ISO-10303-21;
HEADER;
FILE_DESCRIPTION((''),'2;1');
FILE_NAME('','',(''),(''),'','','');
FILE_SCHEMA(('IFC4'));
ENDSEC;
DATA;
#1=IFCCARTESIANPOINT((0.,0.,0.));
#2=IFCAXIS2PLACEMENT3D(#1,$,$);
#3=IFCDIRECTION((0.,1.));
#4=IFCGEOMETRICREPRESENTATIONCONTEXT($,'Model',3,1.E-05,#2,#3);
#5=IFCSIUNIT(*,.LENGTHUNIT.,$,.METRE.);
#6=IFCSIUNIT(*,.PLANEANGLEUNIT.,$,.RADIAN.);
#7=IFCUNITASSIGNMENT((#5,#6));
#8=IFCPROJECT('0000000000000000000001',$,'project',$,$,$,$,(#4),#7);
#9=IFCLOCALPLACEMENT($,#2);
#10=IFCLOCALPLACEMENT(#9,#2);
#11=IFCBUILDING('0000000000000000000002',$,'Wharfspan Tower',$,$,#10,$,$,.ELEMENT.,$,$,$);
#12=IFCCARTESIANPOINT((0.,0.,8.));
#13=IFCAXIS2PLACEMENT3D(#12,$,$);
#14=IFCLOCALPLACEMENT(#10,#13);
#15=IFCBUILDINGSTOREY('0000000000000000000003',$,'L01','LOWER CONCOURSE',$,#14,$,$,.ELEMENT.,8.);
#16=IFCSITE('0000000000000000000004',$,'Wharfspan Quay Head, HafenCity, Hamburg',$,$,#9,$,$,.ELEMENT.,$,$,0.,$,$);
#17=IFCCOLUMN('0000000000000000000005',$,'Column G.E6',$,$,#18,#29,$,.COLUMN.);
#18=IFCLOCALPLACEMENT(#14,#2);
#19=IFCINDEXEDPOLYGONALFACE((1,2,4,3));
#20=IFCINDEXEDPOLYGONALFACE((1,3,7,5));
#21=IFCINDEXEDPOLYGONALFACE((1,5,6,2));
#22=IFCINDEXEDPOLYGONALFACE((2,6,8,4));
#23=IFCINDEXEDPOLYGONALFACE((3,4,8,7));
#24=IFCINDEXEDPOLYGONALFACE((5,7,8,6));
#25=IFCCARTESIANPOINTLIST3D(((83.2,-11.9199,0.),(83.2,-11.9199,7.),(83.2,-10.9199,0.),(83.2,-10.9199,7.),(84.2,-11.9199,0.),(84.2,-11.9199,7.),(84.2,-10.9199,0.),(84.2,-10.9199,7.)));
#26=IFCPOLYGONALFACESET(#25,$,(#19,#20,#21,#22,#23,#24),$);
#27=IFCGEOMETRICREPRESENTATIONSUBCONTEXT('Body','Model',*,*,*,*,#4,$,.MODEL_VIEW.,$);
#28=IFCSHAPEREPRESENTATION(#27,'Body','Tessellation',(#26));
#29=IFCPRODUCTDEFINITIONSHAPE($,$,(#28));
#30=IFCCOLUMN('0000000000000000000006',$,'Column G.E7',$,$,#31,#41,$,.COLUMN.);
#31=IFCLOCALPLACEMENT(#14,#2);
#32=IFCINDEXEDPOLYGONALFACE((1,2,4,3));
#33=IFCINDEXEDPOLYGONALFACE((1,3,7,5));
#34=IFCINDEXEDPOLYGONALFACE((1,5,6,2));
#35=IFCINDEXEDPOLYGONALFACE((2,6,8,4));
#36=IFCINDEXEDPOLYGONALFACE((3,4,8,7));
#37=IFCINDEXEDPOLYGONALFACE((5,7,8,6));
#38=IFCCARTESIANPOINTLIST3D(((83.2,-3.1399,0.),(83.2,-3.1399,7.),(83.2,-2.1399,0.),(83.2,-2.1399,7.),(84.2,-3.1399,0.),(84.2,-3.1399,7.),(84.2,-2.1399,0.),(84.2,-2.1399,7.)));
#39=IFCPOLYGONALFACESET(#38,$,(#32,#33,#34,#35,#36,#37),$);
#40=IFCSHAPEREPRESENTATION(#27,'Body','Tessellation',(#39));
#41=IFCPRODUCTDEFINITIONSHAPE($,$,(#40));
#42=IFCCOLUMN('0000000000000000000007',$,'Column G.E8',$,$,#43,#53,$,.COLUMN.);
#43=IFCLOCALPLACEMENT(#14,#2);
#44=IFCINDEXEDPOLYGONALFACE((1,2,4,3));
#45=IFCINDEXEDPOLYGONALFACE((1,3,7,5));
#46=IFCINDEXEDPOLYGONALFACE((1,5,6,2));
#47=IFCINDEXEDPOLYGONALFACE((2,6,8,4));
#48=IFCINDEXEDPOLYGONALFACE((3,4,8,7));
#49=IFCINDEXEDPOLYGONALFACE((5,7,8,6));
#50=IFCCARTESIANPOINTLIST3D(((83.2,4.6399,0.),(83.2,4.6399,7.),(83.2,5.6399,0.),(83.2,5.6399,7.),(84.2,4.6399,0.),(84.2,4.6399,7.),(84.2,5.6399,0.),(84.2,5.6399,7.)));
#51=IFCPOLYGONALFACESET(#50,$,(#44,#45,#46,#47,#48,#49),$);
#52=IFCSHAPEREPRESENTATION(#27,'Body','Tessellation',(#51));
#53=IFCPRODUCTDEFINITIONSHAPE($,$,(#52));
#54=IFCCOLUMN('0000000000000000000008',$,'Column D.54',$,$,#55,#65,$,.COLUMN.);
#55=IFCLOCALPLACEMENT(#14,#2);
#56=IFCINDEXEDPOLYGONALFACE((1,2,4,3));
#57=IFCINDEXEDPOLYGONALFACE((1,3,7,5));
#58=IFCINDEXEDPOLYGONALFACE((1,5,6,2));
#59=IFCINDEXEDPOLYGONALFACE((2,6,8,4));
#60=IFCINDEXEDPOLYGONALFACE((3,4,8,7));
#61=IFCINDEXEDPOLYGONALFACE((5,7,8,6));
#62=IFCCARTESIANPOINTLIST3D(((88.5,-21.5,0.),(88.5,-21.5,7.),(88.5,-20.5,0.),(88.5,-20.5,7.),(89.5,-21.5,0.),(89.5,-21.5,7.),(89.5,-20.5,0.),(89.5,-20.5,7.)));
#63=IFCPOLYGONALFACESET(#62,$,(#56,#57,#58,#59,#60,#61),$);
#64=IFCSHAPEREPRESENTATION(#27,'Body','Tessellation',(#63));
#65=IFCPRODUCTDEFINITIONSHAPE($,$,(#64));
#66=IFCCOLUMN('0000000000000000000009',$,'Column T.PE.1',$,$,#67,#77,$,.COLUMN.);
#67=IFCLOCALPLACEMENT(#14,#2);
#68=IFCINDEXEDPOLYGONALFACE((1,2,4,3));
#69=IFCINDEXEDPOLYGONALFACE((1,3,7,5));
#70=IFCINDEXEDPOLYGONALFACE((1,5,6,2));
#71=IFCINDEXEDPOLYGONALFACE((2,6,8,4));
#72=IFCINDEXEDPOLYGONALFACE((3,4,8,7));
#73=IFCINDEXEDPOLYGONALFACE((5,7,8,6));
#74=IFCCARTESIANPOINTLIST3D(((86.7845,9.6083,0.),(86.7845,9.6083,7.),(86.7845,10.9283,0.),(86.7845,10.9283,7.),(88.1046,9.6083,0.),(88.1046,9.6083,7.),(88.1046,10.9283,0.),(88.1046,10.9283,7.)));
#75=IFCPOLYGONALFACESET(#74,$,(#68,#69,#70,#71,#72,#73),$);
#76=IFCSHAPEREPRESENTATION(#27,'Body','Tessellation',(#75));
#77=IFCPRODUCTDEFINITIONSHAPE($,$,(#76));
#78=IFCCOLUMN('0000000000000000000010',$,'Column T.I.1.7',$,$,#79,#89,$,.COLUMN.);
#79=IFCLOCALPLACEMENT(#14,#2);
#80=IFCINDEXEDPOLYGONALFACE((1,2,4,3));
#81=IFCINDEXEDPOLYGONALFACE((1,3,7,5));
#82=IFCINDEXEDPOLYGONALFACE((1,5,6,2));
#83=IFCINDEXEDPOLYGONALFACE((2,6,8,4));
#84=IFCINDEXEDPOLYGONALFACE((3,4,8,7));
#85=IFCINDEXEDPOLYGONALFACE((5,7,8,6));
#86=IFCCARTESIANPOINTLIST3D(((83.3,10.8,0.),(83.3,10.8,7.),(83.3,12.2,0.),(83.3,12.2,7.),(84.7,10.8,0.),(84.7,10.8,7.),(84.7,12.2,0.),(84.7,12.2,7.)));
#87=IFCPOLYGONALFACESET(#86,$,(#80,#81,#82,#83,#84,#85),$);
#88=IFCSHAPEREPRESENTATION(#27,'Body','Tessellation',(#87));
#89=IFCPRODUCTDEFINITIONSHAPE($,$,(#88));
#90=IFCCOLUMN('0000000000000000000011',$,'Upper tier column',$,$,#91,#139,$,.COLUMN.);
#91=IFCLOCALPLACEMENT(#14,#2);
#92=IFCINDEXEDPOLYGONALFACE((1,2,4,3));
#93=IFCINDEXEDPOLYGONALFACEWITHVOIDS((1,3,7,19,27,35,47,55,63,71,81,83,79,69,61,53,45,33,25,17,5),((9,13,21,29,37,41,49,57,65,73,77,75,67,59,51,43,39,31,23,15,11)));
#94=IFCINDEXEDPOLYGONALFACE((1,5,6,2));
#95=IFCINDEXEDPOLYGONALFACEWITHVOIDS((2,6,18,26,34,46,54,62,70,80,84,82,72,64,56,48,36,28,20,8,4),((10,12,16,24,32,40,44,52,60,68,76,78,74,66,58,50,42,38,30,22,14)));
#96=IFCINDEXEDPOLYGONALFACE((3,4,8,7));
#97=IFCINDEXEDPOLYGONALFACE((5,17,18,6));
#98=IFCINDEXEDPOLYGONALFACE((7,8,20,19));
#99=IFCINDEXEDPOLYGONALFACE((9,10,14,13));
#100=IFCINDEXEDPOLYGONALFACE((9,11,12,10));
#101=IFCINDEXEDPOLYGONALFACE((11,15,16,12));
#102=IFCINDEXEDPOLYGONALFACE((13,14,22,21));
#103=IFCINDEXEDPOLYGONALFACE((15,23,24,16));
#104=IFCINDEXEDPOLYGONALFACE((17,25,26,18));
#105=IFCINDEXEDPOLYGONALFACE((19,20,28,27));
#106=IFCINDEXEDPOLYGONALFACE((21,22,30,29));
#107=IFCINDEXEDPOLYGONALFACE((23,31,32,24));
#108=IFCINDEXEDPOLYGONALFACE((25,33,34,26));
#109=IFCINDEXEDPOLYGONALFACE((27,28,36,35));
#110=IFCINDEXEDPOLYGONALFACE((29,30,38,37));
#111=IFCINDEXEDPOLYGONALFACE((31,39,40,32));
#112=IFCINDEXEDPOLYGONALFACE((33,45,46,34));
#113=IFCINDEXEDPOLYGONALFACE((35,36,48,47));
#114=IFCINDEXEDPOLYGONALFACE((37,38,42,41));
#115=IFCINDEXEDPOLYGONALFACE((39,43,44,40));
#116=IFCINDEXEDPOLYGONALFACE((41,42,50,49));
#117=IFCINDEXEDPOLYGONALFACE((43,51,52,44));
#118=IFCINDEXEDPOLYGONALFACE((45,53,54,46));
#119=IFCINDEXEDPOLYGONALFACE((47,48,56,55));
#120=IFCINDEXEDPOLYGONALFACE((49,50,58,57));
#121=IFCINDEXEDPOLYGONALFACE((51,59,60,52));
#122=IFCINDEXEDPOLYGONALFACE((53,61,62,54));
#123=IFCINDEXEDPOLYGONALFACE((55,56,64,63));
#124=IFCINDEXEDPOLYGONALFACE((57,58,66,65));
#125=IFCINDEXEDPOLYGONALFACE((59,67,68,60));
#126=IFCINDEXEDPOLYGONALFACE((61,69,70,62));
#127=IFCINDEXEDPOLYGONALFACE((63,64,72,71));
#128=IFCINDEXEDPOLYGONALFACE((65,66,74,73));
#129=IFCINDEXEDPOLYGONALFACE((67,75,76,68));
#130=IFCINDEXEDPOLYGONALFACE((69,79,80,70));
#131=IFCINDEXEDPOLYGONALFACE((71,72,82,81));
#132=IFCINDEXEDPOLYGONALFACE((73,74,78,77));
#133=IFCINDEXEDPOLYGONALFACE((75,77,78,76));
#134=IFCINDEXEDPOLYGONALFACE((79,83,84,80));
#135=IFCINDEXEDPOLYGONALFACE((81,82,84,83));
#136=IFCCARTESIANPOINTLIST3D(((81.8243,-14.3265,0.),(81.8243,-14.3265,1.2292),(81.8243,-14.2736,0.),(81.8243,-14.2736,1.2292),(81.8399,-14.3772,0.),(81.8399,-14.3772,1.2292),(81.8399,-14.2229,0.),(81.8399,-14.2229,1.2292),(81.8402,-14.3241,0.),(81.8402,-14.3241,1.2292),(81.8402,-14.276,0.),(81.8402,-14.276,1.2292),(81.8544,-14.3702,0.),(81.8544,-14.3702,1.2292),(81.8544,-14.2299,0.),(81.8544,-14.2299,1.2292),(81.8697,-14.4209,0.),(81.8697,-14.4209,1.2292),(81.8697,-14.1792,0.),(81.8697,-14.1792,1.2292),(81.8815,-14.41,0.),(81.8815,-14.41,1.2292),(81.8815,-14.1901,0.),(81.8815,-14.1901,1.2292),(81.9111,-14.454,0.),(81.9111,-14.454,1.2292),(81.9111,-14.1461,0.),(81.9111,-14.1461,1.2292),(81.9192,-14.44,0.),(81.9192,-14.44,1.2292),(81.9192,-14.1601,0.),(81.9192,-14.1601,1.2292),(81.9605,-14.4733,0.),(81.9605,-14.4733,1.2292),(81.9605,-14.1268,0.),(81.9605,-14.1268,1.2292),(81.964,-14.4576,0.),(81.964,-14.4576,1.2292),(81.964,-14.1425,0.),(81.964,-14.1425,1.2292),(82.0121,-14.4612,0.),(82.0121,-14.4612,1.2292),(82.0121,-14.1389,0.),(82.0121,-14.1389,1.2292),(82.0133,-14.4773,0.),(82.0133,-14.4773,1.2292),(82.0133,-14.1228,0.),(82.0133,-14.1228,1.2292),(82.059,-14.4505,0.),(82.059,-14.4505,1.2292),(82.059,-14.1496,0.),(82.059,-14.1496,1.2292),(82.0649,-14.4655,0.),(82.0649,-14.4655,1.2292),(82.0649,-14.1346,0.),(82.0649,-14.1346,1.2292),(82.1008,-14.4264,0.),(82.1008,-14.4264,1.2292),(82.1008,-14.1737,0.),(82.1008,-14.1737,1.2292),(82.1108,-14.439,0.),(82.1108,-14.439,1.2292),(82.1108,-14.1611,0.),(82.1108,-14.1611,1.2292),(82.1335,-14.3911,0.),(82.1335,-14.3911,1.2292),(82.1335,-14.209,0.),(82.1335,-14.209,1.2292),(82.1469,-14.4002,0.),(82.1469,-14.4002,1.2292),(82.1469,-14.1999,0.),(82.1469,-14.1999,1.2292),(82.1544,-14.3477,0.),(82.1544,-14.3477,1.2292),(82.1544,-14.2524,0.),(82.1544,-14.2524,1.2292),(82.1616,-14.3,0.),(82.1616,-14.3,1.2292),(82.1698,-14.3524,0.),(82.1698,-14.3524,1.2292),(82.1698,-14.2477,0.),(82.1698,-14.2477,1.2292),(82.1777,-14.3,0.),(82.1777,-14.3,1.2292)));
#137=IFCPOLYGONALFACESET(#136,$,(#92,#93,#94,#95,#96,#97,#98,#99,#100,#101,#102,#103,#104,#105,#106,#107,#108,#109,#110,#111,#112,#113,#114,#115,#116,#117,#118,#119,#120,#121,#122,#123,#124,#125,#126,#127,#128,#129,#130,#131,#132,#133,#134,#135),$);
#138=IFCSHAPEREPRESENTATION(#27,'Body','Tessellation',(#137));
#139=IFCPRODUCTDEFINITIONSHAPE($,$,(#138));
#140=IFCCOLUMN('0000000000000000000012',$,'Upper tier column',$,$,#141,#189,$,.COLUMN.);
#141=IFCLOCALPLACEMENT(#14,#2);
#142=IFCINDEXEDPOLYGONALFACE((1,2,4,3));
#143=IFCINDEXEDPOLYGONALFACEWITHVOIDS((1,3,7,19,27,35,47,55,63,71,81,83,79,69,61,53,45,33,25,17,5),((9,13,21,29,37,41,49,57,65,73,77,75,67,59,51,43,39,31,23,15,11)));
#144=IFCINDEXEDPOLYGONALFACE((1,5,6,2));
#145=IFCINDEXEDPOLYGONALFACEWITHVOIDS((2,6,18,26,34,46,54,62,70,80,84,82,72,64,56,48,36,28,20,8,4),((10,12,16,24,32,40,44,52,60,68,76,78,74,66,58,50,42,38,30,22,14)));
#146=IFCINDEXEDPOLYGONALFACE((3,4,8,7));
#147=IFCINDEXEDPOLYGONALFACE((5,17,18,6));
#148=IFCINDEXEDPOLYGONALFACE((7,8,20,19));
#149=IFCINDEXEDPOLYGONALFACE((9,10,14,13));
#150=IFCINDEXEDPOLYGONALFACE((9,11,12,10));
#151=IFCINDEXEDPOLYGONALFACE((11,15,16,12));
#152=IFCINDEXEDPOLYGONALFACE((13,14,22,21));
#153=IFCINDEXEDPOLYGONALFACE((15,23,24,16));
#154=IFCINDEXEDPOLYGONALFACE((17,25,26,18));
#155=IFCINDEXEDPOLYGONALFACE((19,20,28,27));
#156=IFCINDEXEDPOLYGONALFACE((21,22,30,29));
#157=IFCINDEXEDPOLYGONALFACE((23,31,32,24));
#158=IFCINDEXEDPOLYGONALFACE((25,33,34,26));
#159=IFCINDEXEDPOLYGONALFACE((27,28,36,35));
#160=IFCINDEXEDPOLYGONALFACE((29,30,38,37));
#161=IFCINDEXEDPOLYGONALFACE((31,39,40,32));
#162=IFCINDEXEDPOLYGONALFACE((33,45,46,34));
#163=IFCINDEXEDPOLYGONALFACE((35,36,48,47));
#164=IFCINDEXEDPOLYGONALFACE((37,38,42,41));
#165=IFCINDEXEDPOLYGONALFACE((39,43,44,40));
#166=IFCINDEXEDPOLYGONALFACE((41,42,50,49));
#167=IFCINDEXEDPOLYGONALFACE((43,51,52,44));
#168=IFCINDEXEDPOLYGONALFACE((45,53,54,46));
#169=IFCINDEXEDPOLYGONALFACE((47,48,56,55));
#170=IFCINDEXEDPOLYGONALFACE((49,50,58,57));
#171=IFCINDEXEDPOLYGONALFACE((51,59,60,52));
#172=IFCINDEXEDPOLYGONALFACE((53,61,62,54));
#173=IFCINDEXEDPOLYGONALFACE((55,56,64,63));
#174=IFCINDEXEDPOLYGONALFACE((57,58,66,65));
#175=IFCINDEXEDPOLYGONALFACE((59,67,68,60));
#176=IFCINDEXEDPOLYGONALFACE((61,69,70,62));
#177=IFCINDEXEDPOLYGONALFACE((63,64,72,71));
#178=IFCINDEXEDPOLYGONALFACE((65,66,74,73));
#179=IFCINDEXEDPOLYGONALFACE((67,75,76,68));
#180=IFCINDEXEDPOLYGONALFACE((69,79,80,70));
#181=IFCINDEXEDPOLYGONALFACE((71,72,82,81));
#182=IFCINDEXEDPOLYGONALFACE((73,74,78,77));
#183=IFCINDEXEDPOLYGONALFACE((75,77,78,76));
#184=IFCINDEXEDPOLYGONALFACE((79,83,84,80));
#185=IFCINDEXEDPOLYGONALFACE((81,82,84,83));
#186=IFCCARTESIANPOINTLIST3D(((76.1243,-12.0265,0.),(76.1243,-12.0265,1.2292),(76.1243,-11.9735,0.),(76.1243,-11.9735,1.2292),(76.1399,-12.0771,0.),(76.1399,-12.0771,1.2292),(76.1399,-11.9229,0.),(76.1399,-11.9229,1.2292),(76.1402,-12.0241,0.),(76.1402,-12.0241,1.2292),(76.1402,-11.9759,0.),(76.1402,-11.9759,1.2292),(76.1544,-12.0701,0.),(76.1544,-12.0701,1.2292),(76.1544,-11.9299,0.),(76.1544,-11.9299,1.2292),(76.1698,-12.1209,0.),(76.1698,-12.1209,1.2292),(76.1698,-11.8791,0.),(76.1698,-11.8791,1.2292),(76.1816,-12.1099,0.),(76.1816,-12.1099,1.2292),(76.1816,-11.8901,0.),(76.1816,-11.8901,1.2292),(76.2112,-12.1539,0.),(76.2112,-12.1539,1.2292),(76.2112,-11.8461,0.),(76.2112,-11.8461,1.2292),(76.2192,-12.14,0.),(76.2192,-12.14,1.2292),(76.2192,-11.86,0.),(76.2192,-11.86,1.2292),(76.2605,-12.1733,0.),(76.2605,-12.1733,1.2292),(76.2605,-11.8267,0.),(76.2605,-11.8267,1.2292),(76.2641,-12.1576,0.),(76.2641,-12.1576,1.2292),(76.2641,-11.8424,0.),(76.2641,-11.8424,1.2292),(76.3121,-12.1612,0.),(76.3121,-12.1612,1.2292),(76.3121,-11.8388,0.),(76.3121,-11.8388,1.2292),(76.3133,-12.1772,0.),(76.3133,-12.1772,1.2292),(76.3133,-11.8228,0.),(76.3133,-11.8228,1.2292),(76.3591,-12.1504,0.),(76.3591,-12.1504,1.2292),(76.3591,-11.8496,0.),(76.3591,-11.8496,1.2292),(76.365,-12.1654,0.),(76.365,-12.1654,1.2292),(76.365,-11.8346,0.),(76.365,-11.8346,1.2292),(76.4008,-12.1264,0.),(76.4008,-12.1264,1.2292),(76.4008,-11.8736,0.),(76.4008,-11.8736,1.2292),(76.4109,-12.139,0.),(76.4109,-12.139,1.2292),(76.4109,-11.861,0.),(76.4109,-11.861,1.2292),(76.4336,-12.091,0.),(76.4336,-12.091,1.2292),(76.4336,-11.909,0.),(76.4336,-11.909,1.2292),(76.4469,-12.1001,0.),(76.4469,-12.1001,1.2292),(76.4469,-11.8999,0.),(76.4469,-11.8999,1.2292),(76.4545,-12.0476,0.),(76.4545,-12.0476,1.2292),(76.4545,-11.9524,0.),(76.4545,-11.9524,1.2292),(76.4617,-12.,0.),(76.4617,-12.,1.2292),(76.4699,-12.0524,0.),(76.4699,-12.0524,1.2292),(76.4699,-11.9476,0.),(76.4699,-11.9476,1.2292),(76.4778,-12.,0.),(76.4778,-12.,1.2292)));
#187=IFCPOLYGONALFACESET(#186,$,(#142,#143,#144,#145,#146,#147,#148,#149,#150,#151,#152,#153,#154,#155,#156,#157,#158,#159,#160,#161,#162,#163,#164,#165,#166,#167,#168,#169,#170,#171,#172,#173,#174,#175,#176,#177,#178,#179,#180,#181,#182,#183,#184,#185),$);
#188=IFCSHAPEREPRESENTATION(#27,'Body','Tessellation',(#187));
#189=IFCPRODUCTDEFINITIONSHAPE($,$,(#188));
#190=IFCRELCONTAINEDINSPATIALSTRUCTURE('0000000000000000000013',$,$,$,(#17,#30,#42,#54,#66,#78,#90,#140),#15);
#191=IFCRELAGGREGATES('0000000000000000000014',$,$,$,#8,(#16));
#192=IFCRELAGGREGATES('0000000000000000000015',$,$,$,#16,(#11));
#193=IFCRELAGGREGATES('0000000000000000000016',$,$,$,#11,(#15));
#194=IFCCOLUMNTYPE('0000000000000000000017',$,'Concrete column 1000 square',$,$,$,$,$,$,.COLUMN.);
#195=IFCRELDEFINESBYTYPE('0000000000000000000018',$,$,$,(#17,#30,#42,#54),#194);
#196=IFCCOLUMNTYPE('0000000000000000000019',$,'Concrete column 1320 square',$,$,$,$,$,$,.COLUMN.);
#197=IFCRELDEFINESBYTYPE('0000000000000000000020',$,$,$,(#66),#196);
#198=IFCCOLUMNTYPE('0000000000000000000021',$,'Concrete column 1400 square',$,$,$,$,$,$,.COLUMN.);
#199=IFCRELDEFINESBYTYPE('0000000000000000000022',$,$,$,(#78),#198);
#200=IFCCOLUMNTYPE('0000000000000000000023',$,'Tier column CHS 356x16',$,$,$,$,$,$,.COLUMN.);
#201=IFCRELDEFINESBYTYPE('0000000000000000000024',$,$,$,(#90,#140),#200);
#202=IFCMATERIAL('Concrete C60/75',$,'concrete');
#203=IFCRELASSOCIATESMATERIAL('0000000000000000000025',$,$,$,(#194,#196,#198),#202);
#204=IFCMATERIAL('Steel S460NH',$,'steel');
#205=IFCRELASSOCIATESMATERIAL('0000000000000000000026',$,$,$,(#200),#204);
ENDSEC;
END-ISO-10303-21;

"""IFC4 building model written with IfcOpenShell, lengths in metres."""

from ifc_helpers import new_model, si_unit, direction, frame, origin, origin_2d, place, context, subcontext, project, spatial, rectangle, hollow_circle, extrude, material, material_profile, profile_set, type_object, element, save


model = new_model("IFC4")

# Units and contexts
model_context = context("Model", 3, precision=1e-05, world=origin(), true_north=direction((0.0, 1.0)))
body_context = subcontext(model_context, "Body", "Model", "MODEL_VIEW")
ifc_project = project(units=[si_unit("LENGTHUNIT", "METRE"), si_unit("PLANEANGLEUNIT", "RADIAN")], contexts=[model_context])

# Site, building, storey
site_placement = place(None, origin())
site = spatial("IfcSite", under=ifc_project, at=site_placement, Name="Wharfspan Quay Head, HafenCity, Hamburg", CompositionType="ELEMENT", RefElevation=0.0)
building_placement = place(site_placement, origin())
building = spatial("IfcBuilding", under=site, at=building_placement, Name="Wharfspan Tower", CompositionType="ELEMENT")
storey_placement = place(building_placement, frame((0.0, 0.0, 8.0)))
storey = spatial("IfcBuildingStorey", under=building, at=storey_placement, Name="L01", Description="LOWER CONCOURSE", CompositionType="ELEMENT", Elevation=8.0)

# Columns
ifc_material_1 = material(Name="Concrete C60/75", Category="concrete")
ifc_material_profile_1 = material_profile(ifc_material_1, rectangle(XDim=1.0, YDim=1.0, at=origin_2d()))
ifc_profile_set_1 = profile_set([ifc_material_profile_1], Name="Concrete C60/75")
column_type_1 = type_object("IfcColumnType", Name="Concrete column 1000 square", PredefinedType="COLUMN", material=ifc_profile_set_1)
for number, where, z_axis, x_axis, name in (
    (1, (83.7, -11.4199, 0.0), (0.0, 0.0, 1.0), (1.0, 0.0, 0.0), "Column G.E6"),
    (2, (83.7, -2.6399, 0.0), (0.0, 0.0, 1.0), (1.0, 0.0, 0.0), "Column G.E7"),
    (3, (83.7, 5.1399, 0.0), (0.0, 0.0, 1.0), (1.0, 0.0, 0.0), "Column G.E8"),
    (4, (89.0, -21.0, 0.0), (0.0, 0.0, 1.0), (1.0, 0.0, 0.0), "Column D.54"),
):
    element("IfcColumn", number, at=place(storey_placement, frame(where, z_axis=z_axis, x_axis=x_axis)), inside=storey, type_object=column_type_1, Name=name, PredefinedType="COLUMN", context=body_context, shape_type="SweptSolid", body=[
        extrude(rectangle(XDim=1.0, YDim=1.0, at=origin_2d()), origin(), (0.0, 0.0, 1.0), 7.0),
    ])
ifc_material_profile_2 = material_profile(ifc_material_1, rectangle(XDim=1.3201, YDim=1.3201, at=origin_2d()))
ifc_profile_set_2 = profile_set([ifc_material_profile_2], Name="Concrete C60/75")
column_type_2 = type_object("IfcColumnType", Name="Concrete column 1320 square", PredefinedType="COLUMN", material=ifc_profile_set_2)
column_1_placement = place(storey_placement, frame((87.4446, 10.2683, 0.0), z_axis=(0.0, 0.0, 1.0), x_axis=(1.0, 0.0, 0.0)))
element("IfcColumn", 5, at=column_1_placement, inside=storey, type_object=column_type_2, Name="Column T.PE.1", PredefinedType="COLUMN", context=body_context, shape_type="SweptSolid", body=[
    extrude(rectangle(XDim=1.3201, YDim=1.3201, at=origin_2d()), origin(), (0.0, 0.0, 1.0), 7.0),
])
ifc_material_profile_3 = material_profile(ifc_material_1, rectangle(XDim=1.3999, YDim=1.3999, at=origin_2d()))
ifc_profile_set_3 = profile_set([ifc_material_profile_3], Name="Concrete C60/75")
column_type_3 = type_object("IfcColumnType", Name="Concrete column 1400 square", PredefinedType="COLUMN", material=ifc_profile_set_3)
column_2_placement = place(storey_placement, frame((84.0, 11.5, 0.0), z_axis=(0.0, 0.0, 1.0), x_axis=(1.0, 0.0, 0.0)))
element("IfcColumn", 6, at=column_2_placement, inside=storey, type_object=column_type_3, Name="Column T.I.1.7", PredefinedType="COLUMN", context=body_context, shape_type="SweptSolid", body=[
    extrude(rectangle(XDim=1.3999, YDim=1.3999, at=origin_2d()), origin(), (0.0, 0.0, 1.0), 7.0),
])
ifc_material_2 = material(Name="Steel S460NH", Category="steel")
ifc_material_profile_4 = material_profile(ifc_material_2, hollow_circle(Radius=0.1777, WallThickness=0.0161, at=origin_2d()))
ifc_profile_set_4 = profile_set([ifc_material_profile_4], Name="Steel S460NH")
column_type_4 = type_object("IfcColumnType", Name="Tier column CHS 356x16", PredefinedType="COLUMN", material=ifc_profile_set_4)
for number, where, z_axis, x_axis, name in (
    (7, (82.0, -14.3, 0.0), (0.0, 0.0, 1.0), (1.0, 0.0, 0.0), "Upper tier column"),
    (8, (76.3, -12.0, 0.0), (0.0, 0.0, 1.0), (1.0, 0.0, 0.0), "Upper tier column"),
):
    element("IfcColumn", number, at=place(storey_placement, frame(where, z_axis=z_axis, x_axis=x_axis)), inside=storey, type_object=column_type_4, Name=name, PredefinedType="COLUMN", context=body_context, shape_type="SweptSolid", body=[
        extrude(hollow_circle(Radius=0.1777, WallThickness=0.0161, at=origin_2d()), origin(), (0.0, 0.0, 1.0), 1.2292),
    ])

save(model, "model.ifc")
